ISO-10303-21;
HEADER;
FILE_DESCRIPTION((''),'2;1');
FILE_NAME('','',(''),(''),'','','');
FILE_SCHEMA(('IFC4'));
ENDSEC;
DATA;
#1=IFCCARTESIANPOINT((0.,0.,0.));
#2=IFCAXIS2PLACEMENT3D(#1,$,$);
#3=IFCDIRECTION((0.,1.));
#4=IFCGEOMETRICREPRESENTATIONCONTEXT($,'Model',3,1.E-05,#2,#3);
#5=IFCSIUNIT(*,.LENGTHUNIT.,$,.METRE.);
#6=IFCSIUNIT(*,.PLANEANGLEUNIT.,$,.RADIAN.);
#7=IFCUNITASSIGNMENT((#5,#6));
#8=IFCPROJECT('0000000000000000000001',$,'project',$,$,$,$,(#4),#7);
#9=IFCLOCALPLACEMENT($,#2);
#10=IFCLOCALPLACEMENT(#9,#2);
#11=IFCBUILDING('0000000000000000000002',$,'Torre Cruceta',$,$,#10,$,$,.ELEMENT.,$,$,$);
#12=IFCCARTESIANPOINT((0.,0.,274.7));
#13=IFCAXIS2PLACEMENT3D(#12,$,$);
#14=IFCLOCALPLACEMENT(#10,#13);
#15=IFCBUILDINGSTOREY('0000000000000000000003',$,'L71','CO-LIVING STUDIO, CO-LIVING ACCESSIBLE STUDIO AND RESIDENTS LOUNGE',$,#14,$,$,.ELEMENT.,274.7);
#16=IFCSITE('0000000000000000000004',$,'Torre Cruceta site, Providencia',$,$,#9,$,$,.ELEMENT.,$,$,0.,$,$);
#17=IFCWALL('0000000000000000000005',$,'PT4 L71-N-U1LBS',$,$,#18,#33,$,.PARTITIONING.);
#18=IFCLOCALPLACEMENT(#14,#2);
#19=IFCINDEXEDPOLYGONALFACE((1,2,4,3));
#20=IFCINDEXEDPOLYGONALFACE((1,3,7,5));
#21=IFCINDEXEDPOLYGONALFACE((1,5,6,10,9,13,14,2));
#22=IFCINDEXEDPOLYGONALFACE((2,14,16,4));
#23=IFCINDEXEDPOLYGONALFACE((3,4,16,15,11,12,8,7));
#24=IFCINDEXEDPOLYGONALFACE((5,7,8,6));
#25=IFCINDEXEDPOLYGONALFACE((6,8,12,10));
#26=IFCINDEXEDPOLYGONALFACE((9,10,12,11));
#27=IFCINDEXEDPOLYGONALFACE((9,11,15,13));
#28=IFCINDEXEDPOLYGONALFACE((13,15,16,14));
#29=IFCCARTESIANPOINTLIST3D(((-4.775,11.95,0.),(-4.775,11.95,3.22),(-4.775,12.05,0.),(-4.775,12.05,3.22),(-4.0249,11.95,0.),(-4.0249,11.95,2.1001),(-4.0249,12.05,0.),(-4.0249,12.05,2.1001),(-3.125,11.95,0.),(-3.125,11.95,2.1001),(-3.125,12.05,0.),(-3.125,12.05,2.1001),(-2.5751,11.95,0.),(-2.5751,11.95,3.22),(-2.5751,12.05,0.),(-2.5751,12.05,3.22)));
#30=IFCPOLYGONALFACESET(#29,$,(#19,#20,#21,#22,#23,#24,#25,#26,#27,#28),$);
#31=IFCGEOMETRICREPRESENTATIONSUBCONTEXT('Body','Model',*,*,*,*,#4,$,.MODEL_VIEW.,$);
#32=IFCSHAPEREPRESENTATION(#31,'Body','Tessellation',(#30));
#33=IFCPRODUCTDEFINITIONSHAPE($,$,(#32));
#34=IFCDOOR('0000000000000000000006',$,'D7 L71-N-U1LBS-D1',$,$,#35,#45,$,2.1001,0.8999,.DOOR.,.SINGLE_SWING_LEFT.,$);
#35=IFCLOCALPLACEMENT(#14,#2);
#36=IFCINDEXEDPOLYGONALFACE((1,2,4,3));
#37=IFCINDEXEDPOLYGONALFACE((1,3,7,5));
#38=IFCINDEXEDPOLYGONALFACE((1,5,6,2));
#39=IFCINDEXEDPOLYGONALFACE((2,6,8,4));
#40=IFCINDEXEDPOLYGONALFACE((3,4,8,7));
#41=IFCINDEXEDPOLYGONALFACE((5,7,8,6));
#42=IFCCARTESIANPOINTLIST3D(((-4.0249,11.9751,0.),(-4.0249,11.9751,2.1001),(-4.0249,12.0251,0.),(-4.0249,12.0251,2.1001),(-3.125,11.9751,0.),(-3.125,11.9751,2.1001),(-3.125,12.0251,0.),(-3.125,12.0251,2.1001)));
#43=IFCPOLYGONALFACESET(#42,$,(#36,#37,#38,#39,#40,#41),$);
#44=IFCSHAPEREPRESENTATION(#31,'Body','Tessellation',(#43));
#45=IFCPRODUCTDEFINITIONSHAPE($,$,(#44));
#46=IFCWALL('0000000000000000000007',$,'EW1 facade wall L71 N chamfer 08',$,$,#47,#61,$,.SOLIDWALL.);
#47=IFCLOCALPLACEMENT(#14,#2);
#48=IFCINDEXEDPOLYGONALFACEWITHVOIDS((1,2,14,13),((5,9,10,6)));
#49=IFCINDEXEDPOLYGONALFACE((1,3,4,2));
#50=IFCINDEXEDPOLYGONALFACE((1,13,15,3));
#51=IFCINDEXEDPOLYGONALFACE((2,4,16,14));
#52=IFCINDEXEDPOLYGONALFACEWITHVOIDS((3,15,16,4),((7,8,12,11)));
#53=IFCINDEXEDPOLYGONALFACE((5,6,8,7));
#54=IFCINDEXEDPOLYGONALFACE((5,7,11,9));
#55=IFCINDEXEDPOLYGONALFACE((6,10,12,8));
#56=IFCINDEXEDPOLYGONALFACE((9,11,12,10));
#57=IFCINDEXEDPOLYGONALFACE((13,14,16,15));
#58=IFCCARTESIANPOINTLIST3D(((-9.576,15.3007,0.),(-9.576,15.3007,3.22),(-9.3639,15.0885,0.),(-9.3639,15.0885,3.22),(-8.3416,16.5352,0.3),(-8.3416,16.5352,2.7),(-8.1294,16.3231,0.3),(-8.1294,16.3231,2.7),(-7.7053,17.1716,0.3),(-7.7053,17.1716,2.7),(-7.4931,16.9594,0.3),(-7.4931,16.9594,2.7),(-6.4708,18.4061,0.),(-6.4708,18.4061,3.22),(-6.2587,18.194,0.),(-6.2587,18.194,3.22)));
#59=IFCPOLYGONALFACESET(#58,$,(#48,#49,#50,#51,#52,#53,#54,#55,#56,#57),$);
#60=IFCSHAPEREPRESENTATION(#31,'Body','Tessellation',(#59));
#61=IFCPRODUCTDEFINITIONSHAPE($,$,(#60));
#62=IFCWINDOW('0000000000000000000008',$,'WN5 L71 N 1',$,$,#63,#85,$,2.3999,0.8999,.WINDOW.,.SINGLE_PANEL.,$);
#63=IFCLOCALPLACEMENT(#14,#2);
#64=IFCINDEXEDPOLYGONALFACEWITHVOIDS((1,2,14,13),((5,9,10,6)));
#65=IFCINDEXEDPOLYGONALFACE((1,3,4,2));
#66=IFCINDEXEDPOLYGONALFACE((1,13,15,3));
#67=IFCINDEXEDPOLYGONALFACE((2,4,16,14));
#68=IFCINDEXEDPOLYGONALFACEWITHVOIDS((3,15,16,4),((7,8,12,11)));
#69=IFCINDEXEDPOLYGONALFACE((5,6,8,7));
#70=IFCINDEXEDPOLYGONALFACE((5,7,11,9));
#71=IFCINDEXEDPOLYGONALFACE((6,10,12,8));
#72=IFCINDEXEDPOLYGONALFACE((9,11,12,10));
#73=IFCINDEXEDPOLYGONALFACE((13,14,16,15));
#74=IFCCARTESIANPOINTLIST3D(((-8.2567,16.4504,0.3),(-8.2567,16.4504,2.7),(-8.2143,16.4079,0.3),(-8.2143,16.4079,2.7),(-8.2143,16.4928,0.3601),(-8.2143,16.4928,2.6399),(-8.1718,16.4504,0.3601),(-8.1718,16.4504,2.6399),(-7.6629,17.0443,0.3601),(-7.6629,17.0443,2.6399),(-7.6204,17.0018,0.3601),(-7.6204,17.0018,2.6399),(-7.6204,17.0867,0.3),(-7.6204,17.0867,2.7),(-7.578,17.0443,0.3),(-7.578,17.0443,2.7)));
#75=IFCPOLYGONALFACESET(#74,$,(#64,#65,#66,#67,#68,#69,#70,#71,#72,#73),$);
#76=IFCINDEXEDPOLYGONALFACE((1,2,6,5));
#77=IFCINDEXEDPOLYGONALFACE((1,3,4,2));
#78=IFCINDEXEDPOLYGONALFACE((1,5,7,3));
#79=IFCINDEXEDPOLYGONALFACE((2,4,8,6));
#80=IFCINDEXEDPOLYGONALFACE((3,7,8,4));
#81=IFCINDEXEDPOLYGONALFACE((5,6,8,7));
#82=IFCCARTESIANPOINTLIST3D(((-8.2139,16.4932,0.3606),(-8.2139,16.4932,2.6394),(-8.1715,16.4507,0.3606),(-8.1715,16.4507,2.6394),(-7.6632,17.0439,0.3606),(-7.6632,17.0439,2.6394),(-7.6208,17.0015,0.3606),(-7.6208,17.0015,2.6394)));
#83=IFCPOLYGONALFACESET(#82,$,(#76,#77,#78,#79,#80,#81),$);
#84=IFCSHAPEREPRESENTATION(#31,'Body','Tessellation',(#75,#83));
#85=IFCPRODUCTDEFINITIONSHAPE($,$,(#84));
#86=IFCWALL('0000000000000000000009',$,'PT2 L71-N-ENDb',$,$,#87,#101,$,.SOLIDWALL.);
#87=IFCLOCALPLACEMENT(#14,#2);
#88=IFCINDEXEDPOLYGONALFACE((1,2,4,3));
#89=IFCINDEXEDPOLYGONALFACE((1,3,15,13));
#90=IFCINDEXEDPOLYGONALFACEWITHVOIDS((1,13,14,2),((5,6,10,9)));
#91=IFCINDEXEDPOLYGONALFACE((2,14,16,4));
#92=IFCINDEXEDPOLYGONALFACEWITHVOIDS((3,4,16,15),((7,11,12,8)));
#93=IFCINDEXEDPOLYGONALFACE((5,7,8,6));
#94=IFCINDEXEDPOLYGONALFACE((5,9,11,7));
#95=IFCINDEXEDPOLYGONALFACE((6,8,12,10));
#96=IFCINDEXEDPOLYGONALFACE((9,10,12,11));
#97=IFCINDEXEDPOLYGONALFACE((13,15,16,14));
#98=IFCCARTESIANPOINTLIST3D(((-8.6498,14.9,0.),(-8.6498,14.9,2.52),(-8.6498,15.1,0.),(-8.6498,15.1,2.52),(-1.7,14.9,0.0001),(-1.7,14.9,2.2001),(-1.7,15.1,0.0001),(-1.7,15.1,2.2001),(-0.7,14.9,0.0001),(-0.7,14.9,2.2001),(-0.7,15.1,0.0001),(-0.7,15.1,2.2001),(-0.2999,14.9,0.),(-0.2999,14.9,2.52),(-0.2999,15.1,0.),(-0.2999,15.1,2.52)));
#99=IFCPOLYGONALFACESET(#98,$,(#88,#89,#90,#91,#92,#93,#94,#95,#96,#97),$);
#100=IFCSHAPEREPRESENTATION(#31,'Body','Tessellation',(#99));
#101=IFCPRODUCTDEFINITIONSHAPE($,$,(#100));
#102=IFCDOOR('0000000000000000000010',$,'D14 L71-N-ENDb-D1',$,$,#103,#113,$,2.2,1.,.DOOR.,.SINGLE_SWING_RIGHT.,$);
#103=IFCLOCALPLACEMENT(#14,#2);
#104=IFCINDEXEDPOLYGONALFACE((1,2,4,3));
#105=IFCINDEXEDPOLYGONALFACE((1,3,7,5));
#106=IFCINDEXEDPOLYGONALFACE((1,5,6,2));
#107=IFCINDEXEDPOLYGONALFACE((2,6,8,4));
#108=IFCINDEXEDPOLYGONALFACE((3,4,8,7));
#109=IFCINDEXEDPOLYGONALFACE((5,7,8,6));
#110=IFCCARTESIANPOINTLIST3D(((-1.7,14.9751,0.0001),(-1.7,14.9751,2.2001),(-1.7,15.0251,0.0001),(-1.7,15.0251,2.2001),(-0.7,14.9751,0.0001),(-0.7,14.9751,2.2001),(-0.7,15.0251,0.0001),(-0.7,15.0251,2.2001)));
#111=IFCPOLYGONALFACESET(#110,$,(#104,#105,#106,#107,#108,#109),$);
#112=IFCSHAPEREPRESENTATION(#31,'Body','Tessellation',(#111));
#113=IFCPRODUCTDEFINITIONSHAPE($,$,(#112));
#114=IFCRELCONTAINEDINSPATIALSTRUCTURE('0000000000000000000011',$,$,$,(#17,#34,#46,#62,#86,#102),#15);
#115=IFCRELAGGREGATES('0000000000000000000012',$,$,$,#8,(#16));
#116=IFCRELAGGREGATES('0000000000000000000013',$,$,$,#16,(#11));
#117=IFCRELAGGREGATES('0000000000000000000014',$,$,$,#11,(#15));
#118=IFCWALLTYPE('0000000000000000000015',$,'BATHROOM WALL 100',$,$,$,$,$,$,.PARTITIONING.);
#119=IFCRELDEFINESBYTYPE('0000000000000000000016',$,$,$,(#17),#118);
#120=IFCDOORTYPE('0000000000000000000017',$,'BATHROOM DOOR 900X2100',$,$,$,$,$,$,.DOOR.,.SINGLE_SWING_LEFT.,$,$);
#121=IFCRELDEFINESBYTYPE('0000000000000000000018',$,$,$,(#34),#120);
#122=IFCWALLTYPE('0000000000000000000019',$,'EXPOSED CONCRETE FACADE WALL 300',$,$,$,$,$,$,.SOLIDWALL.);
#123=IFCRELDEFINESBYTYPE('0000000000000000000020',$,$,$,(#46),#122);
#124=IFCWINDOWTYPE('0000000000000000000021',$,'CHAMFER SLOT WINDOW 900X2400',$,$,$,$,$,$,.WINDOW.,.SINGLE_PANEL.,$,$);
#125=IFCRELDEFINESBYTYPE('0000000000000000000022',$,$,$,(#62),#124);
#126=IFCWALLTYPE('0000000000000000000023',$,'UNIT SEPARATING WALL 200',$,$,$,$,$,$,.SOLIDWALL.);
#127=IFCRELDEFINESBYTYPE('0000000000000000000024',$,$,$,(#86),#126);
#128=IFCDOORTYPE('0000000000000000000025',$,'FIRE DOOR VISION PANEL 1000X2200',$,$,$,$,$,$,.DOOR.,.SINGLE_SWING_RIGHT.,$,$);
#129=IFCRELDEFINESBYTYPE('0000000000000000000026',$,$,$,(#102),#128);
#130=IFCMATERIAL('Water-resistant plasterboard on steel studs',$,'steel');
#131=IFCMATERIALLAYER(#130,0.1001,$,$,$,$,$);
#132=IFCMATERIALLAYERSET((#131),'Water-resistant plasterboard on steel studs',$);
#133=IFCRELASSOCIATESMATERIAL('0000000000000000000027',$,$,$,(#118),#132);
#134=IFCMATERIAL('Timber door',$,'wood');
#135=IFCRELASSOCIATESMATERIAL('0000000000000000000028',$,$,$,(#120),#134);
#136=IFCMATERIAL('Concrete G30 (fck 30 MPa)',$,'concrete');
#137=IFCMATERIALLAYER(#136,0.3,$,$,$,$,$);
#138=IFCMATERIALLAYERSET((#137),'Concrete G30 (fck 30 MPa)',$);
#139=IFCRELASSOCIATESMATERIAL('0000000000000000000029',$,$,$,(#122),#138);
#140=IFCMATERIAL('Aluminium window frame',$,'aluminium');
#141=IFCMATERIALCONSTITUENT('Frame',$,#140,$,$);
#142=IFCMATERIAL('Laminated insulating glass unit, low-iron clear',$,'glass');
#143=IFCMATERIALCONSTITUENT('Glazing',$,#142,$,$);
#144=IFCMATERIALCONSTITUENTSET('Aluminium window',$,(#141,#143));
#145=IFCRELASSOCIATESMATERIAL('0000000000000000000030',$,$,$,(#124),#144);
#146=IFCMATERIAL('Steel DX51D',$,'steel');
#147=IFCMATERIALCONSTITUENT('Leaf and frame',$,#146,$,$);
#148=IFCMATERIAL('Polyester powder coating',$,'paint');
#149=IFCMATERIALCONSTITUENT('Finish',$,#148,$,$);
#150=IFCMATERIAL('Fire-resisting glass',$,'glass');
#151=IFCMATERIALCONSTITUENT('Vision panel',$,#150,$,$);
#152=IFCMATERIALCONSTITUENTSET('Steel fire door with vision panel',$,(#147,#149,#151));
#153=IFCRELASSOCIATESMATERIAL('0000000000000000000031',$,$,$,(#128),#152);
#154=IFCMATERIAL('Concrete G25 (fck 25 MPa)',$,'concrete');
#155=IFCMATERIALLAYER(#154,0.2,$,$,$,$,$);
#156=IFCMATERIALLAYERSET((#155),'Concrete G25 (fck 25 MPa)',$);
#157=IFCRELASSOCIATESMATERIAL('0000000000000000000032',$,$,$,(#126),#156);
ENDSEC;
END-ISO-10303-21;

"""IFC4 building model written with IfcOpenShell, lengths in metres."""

from ifc_helpers import new_model, si_unit, direction, frame, frame_2d, origin, place, context, subcontext, project, spatial, rectangle, hollow_rectangle, extrude, material, layer, layer_set, constituent, constituent_set, type_object, element, fill, save


model = new_model("IFC4")

# Units and contexts
model_context = context("Model", 3, precision=1e-05, world=origin(), true_north=direction((0.0, 1.0)))
body_context = subcontext(model_context, "Body", "Model", "MODEL_VIEW")
ifc_project = project(units=[si_unit("LENGTHUNIT", "METRE"), si_unit("PLANEANGLEUNIT", "RADIAN")], contexts=[model_context])

# Site, building, storey
site_placement = place(None, origin())
site = spatial("IfcSite", under=ifc_project, at=site_placement, Name="Torre Cruceta site, Providencia", CompositionType="ELEMENT", RefElevation=0.0)
building_placement = place(site_placement, origin())
building = spatial("IfcBuilding", under=site, at=building_placement, Name="Torre Cruceta", CompositionType="ELEMENT")
storey_placement = place(building_placement, frame((0.0, 0.0, 274.7)))
storey = spatial("IfcBuildingStorey", under=building, at=storey_placement, Name="L71", Description="CO-LIVING STUDIO, CO-LIVING ACCESSIBLE STUDIO AND RESIDENTS LOUNGE", CompositionType="ELEMENT", Elevation=274.7)

# Shared definitions
ifc_material_1 = material(Name="Water-resistant plasterboard on steel studs", Category="steel")
ifc_layer_1 = layer(ifc_material_1, 0.1001)
ifc_layer_set_1 = layer_set([ifc_layer_1], Name="Water-resistant plasterboard on steel studs")
wall_type_1 = type_object("IfcWallType", Name="BATHROOM WALL 100", PredefinedType="PARTITIONING", material=ifc_layer_set_1)

# Wall, opening, door
wall_1_placement = place(storey_placement, frame((-2.575, 12.0, 0.0), z_axis=(0.0, 0.0, 1.0), x_axis=(-1.0, 0.0, 0.0)))
wall_1 = element("IfcWall", 1, at=wall_1_placement, inside=storey, type_object=wall_type_1, Name="PT4 L71-N-U1LBS", PredefinedType="PARTITIONING", context=body_context, shape_type="SweptSolid", body=[
    extrude(rectangle(XDim=2.2, YDim=0.1001, at=frame_2d((1.1001, 0.0))), origin(), (0.0, 0.0, 1.0), 3.22),
])
opening_1_placement = place(wall_1_placement, frame((0.55, 0.0, 0.0)))
opening_1 = element("IfcOpeningElement", 2, at=opening_1_placement, cuts=wall_1, PredefinedType="OPENING", context=body_context, shape_type="SweptSolid", body=[
    extrude(rectangle(XDim=0.8999, YDim=2.1001, at=frame_2d((0.45, 1.05))), frame((0.0, 0.0601, 0.0), z_axis=(0.0, -1.0, 0.0), x_axis=(1.0, 0.0, 0.0)), (0.0, 0.0, 1.0), 0.1201),
])
ifc_material_2 = material(Name="Timber door", Category="wood")
door_type_1 = type_object("IfcDoorType", Name="BATHROOM DOOR 900X2100", OperationType="SINGLE_SWING_LEFT", PredefinedType="DOOR", material=ifc_material_2)
door_1_placement = place(opening_1_placement, origin())
door_1 = element("IfcDoor", 3, at=door_1_placement, inside=storey, type_object=door_type_1, Name="D7 L71-N-U1LBS-D1", OperationType="SINGLE_SWING_LEFT", OverallHeight=2.1001, OverallWidth=0.8999, PredefinedType="DOOR", context=body_context, shape_type="SweptSolid", body=[
    extrude(rectangle(XDim=0.8999, YDim=2.1001, at=frame_2d((0.45, 1.05))), frame((0.0, 0.0249, 0.0), z_axis=(0.0, -1.0, 0.0), x_axis=(1.0, 0.0, 0.0)), (0.0, 0.0, 1.0), 0.05),
])
fill(opening_1, door_1)

# Wall, opening, window
ifc_material_3 = material(Name="Concrete G30 (fck 30 MPa)", Category="concrete")
ifc_layer_2 = layer(ifc_material_3, 0.3)
ifc_layer_set_2 = layer_set([ifc_layer_2], Name="Concrete G30 (fck 30 MPa)")
wall_type_2 = type_object("IfcWallType", Name="EXPOSED CONCRETE FACADE WALL 300", PredefinedType="SOLIDWALL", material=ifc_layer_set_2)
wall_2_placement = place(storey_placement, frame((-6.3647, 18.3, 0.0), z_axis=(0.0, 0.0, 1.0), x_axis=(-0.707079, -0.707135, 0.0)))
wall_2 = element("IfcWall", 4, at=wall_2_placement, inside=storey, type_object=wall_type_2, Name="EW1 facade wall L71 N chamfer 08", PredefinedType="SOLIDWALL", context=body_context, shape_type="SweptSolid", body=[
    extrude(rectangle(XDim=4.3916, YDim=0.3, at=frame_2d((2.1958, 0.0))), origin(), (0.0, 0.0, 1.0), 3.22),
])
opening_2_placement = place(wall_2_placement, frame((1.7458, 0.0, 0.3)))
opening_2 = element("IfcOpeningElement", 5, at=opening_2_placement, cuts=wall_2, PredefinedType="OPENING", context=body_context, shape_type="SweptSolid", body=[
    extrude(rectangle(XDim=0.8999, YDim=2.3999, at=frame_2d((0.45, 1.2))), frame((0.0, 0.1599, 0.0), z_axis=(0.0, -1.0, 0.0), x_axis=(1.0, 0.0, 0.0)), (0.0, 0.0, 1.0), 0.3201),
])
ifc_material_4 = material(Name="Aluminium window frame", Category="aluminium")
ifc_constituent_1 = constituent(ifc_material_4, Name="Frame")
ifc_material_5 = material(Name="Laminated insulating glass unit, low-iron clear", Category="glass")
ifc_constituent_2 = constituent(ifc_material_5, Name="Glazing")
ifc_constituent_set_1 = constituent_set(constituents=[ifc_constituent_1, ifc_constituent_2], Name="Aluminium window")
window_type = type_object("IfcWindowType", Name="CHAMFER SLOT WINDOW 900X2400", PartitioningType="SINGLE_PANEL", PredefinedType="WINDOW", material=ifc_constituent_set_1)
window_placement = place(opening_2_placement, origin())
window = element("IfcWindow", 6, at=window_placement, inside=storey, type_object=window_type, Name="WN5 L71 N 1", OverallHeight=2.3999, OverallWidth=0.8999, PartitioningType="SINGLE_PANEL", PredefinedType="WINDOW", context=body_context, shape_type="SweptSolid", body=[
    extrude(hollow_rectangle(XDim=0.8999, YDim=2.3999, WallThickness=0.0601, at=frame_2d((0.45, 1.2))), frame((0.0, 0.03, 0.0), z_axis=(0.0, -1.0, 0.0), x_axis=(1.0, 0.0, 0.0)), (0.0, 0.0, 1.0), 0.0601),
    extrude(rectangle(XDim=0.7788, YDim=2.2788, at=frame_2d((0.45, 1.2))), frame((0.0, 0.03, 0.0), z_axis=(0.0, -1.0, 0.0), x_axis=(1.0, 0.0, 0.0)), (0.0, 0.0, 1.0), 0.0601),
])
fill(opening_2, window)

# Shared definitions
ifc_material_6 = material(Name="Steel DX51D", Category="steel")
ifc_constituent_3 = constituent(ifc_material_6, Name="Leaf and frame")
ifc_material_7 = material(Name="Polyester powder coating", Category="paint")
ifc_constituent_4 = constituent(ifc_material_7, Name="Finish")
ifc_material_8 = material(Name="Fire-resisting glass", Category="glass")
ifc_constituent_5 = constituent(ifc_material_8, Name="Vision panel")
ifc_constituent_set_2 = constituent_set(constituents=[ifc_constituent_3, ifc_constituent_4, ifc_constituent_5], Name="Steel fire door with vision panel")
door_type_2 = type_object("IfcDoorType", Name="FIRE DOOR VISION PANEL 1000X2200", OperationType="SINGLE_SWING_RIGHT", PredefinedType="DOOR", material=ifc_constituent_set_2)

# Wall, opening, door
ifc_material_9 = material(Name="Concrete G25 (fck 25 MPa)", Category="concrete")
ifc_layer_3 = layer(ifc_material_9, 0.2)
ifc_layer_set_3 = layer_set([ifc_layer_3], Name="Concrete G25 (fck 25 MPa)")
wall_type_3 = type_object("IfcWallType", Name="UNIT SEPARATING WALL 200", PredefinedType="SOLIDWALL", material=ifc_layer_set_3)
wall_3_placement = place(storey_placement, frame((-0.3, 15.0, 0.0), z_axis=(0.0, 0.0, 1.0), x_axis=(-1.0, 0.0, 0.0)))
wall_3 = element("IfcWall", 7, at=wall_3_placement, inside=storey, type_object=wall_type_3, Name="PT2 L71-N-ENDb", PredefinedType="SOLIDWALL", context=body_context, shape_type="SweptSolid", body=[
    extrude(rectangle(XDim=8.3499, YDim=0.2, at=frame_2d((4.1748, 0.0))), origin(), (0.0, 0.0, 1.0), 2.52),
])
opening_3_placement = place(wall_3_placement, frame((0.3999, 0.0, 0.0)))
opening_3 = element("IfcOpeningElement", 8, at=opening_3_placement, cuts=wall_3, PredefinedType="OPENING", context=body_context, shape_type="SweptSolid", body=[
    extrude(rectangle(XDim=1.0, YDim=2.2, at=frame_2d((0.5, 1.1001))), frame((0.0, 0.1099, 0.0), z_axis=(0.0, -1.0, 0.0), x_axis=(1.0, 0.0, 0.0)), (0.0, 0.0, 1.0), 0.22),
])
door_2_placement = place(opening_3_placement, frame((1.0, 0.0, 0.0), z_axis=(0.0, 0.0, 1.0), x_axis=(-1.0, 0.0, 0.0)))
door_2 = element("IfcDoor", 9, at=door_2_placement, inside=storey, type_object=door_type_2, Name="D14 L71-N-ENDb-D1", OperationType="SINGLE_SWING_RIGHT", OverallHeight=2.2, OverallWidth=1.0, PredefinedType="DOOR", context=body_context, shape_type="SweptSolid", body=[
    extrude(rectangle(XDim=1.0, YDim=2.2, at=frame_2d((0.5, 1.1001))), frame((0.0, 0.0251, 0.0), z_axis=(0.0, -1.0, 0.0), x_axis=(1.0, 0.0, 0.0)), (0.0, 0.0, 1.0), 0.05),
])
fill(opening_3, door_2)

save(model, "model.ifc")
